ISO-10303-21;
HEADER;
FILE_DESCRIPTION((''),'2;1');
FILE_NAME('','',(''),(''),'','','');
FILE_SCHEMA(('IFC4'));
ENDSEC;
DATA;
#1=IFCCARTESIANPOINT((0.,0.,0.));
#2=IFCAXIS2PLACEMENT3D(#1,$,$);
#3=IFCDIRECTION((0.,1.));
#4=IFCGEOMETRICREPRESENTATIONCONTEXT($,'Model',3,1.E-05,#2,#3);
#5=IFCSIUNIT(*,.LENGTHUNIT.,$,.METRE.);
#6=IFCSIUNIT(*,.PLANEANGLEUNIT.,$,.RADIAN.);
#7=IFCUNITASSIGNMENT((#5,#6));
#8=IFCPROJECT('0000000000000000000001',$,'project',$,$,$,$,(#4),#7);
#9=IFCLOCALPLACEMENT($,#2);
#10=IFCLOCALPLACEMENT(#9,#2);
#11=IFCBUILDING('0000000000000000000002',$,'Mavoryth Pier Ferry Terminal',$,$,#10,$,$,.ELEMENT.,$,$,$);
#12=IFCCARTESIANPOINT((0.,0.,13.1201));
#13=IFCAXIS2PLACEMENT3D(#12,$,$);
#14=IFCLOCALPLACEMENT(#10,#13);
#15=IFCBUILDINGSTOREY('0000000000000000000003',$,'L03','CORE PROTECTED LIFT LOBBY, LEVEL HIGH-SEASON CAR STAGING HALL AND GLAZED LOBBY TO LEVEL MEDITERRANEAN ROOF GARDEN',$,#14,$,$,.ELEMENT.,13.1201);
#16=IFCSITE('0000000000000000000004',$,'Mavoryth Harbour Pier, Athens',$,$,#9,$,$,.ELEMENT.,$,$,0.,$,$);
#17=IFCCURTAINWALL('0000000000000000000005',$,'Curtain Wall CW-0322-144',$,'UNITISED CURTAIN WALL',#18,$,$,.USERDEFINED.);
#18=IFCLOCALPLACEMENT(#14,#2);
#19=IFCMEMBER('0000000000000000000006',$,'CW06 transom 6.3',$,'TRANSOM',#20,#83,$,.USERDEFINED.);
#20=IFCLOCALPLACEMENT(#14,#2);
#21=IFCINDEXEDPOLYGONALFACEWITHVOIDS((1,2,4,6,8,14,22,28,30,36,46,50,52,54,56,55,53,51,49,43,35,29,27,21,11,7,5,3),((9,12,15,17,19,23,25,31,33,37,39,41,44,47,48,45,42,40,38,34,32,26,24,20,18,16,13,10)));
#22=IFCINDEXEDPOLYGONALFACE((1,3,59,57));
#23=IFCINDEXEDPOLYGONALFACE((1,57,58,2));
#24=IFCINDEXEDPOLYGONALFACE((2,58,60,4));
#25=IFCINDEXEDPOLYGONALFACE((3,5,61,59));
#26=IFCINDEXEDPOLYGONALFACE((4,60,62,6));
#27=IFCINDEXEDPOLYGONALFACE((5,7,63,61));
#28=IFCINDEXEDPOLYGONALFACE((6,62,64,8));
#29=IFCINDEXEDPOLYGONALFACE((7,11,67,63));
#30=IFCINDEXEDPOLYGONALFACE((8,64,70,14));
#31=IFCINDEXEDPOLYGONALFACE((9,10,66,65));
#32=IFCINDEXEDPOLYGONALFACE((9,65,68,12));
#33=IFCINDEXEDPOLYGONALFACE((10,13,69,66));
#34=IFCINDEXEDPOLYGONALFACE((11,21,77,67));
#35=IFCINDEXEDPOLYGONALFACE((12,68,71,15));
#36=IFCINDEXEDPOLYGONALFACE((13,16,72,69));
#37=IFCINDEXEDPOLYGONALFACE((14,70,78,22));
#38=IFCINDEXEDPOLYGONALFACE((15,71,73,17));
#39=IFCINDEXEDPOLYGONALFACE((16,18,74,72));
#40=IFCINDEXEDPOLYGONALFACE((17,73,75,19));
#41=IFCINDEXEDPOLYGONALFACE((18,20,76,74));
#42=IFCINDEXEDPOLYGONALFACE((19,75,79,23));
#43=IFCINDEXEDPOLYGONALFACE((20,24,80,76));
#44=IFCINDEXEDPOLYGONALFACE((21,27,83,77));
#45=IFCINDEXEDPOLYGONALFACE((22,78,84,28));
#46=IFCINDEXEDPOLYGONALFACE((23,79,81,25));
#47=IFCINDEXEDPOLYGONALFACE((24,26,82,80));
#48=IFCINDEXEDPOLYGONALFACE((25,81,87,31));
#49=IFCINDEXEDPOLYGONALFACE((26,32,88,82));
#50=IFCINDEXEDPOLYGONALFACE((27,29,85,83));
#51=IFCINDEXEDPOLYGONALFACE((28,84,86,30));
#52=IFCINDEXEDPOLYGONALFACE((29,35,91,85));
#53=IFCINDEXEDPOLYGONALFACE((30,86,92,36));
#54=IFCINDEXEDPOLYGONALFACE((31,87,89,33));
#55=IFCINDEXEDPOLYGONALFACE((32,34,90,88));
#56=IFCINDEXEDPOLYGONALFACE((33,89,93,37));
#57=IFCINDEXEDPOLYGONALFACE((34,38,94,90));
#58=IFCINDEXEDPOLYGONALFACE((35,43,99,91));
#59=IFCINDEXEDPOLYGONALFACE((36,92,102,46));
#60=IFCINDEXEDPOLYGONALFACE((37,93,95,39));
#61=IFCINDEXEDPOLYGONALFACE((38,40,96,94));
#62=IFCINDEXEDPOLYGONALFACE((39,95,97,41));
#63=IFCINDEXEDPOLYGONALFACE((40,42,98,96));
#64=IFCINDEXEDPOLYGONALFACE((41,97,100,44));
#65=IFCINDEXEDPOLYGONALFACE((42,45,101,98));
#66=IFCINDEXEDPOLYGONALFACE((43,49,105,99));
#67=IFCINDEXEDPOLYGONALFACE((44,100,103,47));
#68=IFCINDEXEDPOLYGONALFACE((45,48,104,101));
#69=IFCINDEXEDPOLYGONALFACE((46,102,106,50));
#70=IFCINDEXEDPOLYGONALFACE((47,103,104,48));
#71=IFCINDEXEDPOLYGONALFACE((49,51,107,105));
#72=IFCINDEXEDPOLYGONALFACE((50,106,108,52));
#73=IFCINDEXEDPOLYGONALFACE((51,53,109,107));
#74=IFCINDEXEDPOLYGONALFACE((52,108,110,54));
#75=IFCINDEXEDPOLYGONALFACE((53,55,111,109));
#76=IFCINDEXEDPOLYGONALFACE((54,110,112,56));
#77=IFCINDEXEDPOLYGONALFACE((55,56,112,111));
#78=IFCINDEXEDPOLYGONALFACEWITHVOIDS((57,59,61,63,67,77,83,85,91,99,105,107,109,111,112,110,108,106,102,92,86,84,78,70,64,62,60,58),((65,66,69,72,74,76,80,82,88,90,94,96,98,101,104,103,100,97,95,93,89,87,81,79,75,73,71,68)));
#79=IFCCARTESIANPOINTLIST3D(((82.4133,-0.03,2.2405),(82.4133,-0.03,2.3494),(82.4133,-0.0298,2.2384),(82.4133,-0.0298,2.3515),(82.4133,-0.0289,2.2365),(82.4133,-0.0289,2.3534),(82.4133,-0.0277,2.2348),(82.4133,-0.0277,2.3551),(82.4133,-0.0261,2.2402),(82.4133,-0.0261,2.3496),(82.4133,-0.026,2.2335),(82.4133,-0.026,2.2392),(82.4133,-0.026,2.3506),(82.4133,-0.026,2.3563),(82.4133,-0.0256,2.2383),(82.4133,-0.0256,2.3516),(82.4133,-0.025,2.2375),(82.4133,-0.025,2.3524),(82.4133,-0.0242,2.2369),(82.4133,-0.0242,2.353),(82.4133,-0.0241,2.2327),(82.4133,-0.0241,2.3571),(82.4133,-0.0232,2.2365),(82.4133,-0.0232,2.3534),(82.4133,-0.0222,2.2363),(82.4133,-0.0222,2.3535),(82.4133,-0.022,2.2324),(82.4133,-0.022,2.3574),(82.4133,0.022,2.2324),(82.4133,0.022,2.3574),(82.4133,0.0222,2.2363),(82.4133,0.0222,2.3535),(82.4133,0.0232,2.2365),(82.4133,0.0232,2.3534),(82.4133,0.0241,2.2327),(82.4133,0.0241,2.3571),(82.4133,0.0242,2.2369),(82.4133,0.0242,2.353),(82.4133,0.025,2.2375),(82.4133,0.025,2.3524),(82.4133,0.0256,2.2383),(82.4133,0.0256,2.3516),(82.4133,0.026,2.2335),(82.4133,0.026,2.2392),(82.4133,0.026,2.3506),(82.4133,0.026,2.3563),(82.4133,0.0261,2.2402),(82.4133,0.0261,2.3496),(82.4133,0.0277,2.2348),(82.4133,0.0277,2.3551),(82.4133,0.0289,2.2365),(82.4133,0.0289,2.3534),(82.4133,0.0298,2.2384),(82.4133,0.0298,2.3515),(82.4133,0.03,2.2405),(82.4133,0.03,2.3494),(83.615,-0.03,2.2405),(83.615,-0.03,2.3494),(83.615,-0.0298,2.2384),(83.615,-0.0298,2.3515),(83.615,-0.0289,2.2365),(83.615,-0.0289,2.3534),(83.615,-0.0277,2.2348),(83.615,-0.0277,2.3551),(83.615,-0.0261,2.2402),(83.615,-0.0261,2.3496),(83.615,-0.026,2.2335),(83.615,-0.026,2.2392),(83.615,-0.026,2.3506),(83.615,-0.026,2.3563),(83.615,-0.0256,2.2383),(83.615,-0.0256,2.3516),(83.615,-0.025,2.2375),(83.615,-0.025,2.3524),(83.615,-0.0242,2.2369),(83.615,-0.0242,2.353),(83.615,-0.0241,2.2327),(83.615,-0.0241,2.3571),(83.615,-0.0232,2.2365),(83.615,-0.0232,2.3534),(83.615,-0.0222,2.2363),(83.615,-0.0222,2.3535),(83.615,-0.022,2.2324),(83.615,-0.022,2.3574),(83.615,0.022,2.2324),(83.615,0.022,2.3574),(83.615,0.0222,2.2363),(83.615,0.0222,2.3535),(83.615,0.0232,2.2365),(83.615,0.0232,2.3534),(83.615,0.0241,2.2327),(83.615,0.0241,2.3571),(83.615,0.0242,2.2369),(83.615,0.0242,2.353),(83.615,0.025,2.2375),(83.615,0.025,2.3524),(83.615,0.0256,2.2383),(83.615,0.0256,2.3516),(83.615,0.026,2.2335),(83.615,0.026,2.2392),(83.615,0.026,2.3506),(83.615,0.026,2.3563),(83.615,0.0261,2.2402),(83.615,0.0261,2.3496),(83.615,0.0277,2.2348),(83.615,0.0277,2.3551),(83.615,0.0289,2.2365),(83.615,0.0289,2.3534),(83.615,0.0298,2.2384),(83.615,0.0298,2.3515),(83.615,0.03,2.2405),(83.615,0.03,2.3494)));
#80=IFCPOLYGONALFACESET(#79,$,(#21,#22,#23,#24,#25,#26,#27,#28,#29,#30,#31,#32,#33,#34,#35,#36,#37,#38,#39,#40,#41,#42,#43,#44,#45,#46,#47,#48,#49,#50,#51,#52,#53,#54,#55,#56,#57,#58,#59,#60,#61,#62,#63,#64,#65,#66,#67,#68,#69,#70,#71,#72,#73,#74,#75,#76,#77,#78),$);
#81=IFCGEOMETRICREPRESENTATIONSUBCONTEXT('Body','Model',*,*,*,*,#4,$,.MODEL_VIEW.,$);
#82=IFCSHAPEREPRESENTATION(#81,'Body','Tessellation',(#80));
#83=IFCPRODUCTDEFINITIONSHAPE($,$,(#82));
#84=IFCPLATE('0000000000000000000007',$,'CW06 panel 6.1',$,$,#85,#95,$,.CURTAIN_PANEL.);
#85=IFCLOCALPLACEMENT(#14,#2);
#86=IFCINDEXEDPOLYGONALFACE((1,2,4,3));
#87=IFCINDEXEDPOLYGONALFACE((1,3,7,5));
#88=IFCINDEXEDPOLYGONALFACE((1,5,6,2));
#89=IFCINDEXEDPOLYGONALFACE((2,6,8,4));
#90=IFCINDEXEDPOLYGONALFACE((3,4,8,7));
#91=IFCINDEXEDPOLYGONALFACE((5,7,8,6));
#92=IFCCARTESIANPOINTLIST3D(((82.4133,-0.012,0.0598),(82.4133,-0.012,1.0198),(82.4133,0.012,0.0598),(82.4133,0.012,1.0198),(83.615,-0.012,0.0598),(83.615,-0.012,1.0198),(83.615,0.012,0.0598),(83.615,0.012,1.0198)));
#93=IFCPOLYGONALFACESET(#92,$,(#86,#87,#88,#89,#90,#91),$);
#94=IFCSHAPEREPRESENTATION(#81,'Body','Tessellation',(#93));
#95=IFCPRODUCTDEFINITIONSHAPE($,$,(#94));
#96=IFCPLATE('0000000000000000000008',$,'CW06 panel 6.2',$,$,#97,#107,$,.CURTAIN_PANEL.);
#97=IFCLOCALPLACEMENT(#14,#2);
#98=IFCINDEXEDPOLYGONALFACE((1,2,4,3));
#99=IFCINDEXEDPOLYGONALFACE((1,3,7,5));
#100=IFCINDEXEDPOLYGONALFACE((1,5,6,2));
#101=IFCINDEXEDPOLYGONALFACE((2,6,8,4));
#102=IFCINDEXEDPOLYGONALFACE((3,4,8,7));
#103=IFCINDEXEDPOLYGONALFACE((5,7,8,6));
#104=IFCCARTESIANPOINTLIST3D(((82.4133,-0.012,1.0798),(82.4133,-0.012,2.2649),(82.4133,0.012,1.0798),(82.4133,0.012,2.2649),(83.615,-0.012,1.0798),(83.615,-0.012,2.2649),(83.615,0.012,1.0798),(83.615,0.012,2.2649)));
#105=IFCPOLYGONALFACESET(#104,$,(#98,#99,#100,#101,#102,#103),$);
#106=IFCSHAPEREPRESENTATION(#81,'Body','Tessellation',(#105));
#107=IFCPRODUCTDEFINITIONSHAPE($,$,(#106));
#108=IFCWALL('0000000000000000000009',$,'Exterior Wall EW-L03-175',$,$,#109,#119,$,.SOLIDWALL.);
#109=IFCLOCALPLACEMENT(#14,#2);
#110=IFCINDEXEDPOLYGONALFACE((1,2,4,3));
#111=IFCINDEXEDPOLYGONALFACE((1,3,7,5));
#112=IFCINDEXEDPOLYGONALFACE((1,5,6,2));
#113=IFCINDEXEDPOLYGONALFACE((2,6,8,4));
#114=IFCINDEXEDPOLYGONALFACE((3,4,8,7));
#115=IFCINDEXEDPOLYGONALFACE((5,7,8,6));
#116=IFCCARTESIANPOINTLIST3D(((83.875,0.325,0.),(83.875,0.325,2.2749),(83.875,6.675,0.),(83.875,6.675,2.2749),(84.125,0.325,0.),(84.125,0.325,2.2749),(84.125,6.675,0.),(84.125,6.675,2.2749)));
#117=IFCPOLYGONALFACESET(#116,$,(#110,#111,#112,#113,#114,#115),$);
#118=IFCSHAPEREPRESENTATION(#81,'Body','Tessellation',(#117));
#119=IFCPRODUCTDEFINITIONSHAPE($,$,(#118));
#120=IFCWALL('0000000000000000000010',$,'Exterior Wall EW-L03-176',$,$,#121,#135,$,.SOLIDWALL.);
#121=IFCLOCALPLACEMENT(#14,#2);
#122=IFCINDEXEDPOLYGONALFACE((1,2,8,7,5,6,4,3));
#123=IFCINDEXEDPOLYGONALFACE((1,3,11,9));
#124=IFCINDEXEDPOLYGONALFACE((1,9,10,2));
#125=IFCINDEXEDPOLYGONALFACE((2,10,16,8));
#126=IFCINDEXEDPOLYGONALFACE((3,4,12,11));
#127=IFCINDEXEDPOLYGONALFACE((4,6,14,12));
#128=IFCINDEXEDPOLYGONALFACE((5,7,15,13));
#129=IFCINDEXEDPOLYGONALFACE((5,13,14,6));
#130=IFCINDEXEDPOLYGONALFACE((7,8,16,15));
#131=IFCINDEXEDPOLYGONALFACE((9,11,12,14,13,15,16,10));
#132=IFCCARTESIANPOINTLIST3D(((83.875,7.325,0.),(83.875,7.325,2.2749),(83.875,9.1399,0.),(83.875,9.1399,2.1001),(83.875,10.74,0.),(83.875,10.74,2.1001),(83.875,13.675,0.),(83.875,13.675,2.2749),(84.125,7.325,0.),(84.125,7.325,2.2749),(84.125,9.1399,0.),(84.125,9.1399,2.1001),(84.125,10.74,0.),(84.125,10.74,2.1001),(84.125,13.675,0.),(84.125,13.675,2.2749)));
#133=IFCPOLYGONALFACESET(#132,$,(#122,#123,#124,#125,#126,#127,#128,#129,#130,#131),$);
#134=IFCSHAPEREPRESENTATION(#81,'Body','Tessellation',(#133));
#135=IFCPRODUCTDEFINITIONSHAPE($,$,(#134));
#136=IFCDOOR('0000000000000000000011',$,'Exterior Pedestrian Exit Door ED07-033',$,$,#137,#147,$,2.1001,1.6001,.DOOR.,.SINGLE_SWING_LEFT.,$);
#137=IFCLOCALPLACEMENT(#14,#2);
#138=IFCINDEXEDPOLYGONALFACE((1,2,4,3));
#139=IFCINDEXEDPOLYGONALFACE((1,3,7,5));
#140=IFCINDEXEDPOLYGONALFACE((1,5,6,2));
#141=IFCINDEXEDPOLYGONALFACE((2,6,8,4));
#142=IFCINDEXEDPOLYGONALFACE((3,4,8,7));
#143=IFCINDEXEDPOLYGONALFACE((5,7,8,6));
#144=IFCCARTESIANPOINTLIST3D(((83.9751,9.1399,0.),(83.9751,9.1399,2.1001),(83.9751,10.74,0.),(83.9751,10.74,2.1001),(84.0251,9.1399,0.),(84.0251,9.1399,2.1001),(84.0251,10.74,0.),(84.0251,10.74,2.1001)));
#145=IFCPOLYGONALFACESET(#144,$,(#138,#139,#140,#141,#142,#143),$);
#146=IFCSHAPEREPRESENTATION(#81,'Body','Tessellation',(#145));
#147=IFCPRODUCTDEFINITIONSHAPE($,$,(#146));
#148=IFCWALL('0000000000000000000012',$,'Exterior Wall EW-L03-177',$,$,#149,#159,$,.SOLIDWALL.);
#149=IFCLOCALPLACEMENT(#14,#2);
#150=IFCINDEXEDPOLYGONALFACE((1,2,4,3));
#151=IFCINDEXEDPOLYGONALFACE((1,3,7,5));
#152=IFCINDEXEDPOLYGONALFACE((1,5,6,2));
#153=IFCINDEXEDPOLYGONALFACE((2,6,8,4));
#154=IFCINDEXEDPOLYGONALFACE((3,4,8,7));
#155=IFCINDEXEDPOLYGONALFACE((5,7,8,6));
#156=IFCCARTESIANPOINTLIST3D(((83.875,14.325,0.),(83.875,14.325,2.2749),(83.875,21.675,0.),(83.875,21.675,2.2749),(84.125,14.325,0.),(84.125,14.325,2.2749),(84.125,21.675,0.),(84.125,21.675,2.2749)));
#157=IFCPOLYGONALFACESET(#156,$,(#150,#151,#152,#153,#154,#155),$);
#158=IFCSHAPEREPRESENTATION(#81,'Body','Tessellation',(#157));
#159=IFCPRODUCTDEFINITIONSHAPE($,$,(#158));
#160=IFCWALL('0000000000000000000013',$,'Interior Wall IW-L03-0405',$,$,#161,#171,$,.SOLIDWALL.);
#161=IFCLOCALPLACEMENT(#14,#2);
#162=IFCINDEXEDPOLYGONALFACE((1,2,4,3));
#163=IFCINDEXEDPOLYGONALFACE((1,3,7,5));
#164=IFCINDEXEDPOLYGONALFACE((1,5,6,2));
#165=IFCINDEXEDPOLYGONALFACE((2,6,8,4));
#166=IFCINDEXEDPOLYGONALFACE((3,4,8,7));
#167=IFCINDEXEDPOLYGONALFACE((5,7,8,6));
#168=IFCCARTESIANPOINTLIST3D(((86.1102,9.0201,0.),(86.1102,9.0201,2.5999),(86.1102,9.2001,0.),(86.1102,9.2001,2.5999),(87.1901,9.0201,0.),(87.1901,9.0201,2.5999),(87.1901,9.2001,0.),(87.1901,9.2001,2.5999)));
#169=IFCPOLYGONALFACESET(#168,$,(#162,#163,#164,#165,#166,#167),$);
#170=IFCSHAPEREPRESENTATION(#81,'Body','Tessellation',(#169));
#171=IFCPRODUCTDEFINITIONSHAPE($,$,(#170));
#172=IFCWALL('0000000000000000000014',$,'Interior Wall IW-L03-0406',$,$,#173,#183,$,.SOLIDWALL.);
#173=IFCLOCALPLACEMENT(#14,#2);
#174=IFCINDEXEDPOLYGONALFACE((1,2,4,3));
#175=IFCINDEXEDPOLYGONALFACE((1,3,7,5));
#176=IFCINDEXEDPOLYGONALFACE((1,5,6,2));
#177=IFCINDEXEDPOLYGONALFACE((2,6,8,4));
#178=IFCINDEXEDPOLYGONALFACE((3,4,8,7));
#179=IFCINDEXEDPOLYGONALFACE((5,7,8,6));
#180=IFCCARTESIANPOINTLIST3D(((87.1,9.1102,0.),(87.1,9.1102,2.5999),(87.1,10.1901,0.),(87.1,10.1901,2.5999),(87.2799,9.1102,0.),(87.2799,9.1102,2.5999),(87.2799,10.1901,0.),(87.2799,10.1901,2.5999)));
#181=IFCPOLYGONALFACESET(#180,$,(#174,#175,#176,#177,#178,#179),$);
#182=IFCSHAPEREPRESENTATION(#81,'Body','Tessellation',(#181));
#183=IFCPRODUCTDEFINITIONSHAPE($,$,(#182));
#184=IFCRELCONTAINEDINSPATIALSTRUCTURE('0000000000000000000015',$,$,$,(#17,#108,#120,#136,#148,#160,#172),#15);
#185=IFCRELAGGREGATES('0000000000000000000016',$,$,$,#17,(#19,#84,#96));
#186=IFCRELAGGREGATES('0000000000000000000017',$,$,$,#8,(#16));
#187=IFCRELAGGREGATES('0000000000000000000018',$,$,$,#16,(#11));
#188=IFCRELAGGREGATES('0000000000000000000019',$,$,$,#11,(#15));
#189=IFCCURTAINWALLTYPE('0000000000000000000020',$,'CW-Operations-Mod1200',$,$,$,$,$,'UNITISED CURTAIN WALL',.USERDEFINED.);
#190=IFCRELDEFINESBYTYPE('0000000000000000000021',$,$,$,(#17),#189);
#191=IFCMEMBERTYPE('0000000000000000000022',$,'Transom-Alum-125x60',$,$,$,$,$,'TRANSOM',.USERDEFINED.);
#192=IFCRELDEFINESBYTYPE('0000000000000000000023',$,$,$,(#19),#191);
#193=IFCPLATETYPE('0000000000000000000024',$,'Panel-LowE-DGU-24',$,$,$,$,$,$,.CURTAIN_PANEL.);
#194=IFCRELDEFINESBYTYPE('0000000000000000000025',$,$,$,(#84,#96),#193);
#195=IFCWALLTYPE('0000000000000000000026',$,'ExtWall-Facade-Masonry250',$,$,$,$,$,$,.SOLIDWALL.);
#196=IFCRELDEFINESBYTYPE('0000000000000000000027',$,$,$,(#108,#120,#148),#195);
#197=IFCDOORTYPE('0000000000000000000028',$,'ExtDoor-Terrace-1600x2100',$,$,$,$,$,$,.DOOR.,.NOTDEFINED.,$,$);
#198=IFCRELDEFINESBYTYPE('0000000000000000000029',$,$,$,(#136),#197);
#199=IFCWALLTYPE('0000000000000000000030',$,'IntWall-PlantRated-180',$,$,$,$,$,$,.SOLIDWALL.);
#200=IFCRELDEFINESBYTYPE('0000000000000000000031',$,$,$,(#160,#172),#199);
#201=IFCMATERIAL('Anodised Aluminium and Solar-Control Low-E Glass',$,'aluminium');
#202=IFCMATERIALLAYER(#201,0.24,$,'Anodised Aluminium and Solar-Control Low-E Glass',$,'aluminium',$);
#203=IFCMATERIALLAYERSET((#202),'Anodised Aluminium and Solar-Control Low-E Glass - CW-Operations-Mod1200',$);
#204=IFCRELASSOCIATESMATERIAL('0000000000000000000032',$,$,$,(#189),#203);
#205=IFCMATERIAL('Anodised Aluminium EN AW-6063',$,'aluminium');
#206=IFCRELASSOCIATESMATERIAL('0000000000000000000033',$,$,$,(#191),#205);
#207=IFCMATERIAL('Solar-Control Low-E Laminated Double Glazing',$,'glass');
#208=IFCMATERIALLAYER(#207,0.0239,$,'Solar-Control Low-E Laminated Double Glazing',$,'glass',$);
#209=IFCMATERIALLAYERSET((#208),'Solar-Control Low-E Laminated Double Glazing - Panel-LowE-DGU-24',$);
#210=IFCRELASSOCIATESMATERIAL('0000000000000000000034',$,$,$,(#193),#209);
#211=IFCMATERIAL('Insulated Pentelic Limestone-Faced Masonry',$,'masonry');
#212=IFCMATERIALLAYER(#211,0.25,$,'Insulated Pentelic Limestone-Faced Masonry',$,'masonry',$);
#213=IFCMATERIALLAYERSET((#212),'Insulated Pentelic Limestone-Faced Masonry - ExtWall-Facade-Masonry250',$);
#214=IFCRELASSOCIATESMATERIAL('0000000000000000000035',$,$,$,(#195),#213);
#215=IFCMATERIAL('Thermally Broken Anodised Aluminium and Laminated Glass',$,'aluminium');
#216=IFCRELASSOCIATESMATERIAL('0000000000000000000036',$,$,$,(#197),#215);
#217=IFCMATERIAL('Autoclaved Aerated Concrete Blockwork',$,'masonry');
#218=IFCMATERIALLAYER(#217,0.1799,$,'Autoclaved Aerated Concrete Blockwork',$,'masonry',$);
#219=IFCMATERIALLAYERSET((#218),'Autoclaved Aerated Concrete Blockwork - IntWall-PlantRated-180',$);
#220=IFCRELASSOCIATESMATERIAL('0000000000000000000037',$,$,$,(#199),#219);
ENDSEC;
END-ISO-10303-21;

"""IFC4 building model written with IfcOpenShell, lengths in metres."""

from ifc_helpers import new_model, si_unit, direction, frame, frame_2d, origin, origin_2d, place, context, subcontext, project, spatial, rectangle, hollow_rectangle, extrude, material, layer, layer_set, material_profile, profile_set, type_object, element, fill, aggregate, save


model = new_model("IFC4")

# Units and contexts
model_context = context("Model", 3, precision=1e-05, world=origin(), true_north=direction((0.0, 1.0)))
body_context = subcontext(model_context, "Body", "Model", "MODEL_VIEW")
ifc_project = project(units=[si_unit("LENGTHUNIT", "METRE"), si_unit("PLANEANGLEUNIT", "RADIAN")], contexts=[model_context])

# Site, building, storey
site_placement = place(None, origin())
site = spatial("IfcSite", under=ifc_project, at=site_placement, Name="Mavoryth Harbour Pier, Athens", CompositionType="ELEMENT", RefElevation=0.0)
building_placement = place(site_placement, origin())
building = spatial("IfcBuilding", under=site, at=building_placement, Name="Mavoryth Pier Ferry Terminal", CompositionType="ELEMENT")
storey_placement = place(building_placement, frame((0.0, 0.0, 13.1201)))
storey = spatial("IfcBuildingStorey", under=building, at=storey_placement, Name="L03", Description="CORE PROTECTED LIFT LOBBY, LEVEL HIGH-SEASON CAR STAGING HALL AND GLAZED LOBBY TO LEVEL MEDITERRANEAN ROOF GARDEN", CompositionType="ELEMENT", Elevation=13.1201)

# Curtain wall
ifc_material_1 = material(Name="Anodised Aluminium and Solar-Control Low-E Glass", Category="aluminium")
ifc_layer_1 = layer(ifc_material_1, 0.24, Name="Anodised Aluminium and Solar-Control Low-E Glass", Category="aluminium")
ifc_layer_set_1 = layer_set([ifc_layer_1], Name="Anodised Aluminium and Solar-Control Low-E Glass - CW-Operations-Mod1200")
curtain_wall_type = type_object("IfcCurtainWallType", Name="CW-Operations-Mod1200", ElementType="UNITISED CURTAIN WALL", PredefinedType="USERDEFINED", material=ifc_layer_set_1)
curtain_wall_placement = place(storey_placement, origin())
curtain_wall = element("IfcCurtainWall", 1, at=curtain_wall_placement, inside=storey, type_object=curtain_wall_type, Name="Curtain Wall CW-0322-144", ObjectType="UNITISED CURTAIN WALL", PredefinedType="USERDEFINED")
ifc_material_2 = material(Name="Anodised Aluminium EN AW-6063", Category="aluminium")

# Member
ifc_material_profile_1 = material_profile(ifc_material_2, hollow_rectangle(XDim=0.0601, YDim=0.125, WallThickness=0.0039, InnerFilletRadius=0.0039, OuterFilletRadius=0.0081, at=origin_2d()), Name="AL-TRAN 125x60x4", Category="aluminium")
ifc_profile_set_1 = profile_set([ifc_material_profile_1], Name="Anodised Aluminium EN AW-6063 - AL-TRAN 125x60x4")
member_type_1 = type_object("IfcMemberType", Name="Transom-Alum-125x60", ElementType="TRANSOM", PredefinedType="USERDEFINED", material=ifc_profile_set_1)
member_1_placement = place(storey_placement, frame((82.4133, 0.0, 2.2949), z_axis=(1.0, 0.0, 0.0), x_axis=(0.0, 1.0, 0.0)))
member_1 = element("IfcMember", 2, at=member_1_placement, type_object=member_type_1, Name="CW06 transom 6.3", ObjectType="TRANSOM", PredefinedType="USERDEFINED", context=body_context, shape_type="SweptSolid", body=[
    extrude(hollow_rectangle(XDim=0.0601, YDim=0.125, WallThickness=0.0039, InnerFilletRadius=0.0039, OuterFilletRadius=0.0081, at=origin_2d()), origin(), (0.0, 0.0, 1.0), 1.2017),
])

# Plates
ifc_material_3 = material(Name="Solar-Control Low-E Laminated Double Glazing", Category="glass")
ifc_layer_2 = layer(ifc_material_3, 0.0239, Name="Solar-Control Low-E Laminated Double Glazing", Category="glass")
ifc_layer_set_2 = layer_set([ifc_layer_2], Name="Solar-Control Low-E Laminated Double Glazing - Panel-LowE-DGU-24")
plate_type = type_object("IfcPlateType", Name="Panel-LowE-DGU-24", PredefinedType="CURTAIN_PANEL", material=ifc_layer_set_2)
plate_1_placement = place(storey_placement, frame((83.0142, 0.0, 0.0598), z_axis=(0.0, 0.0, 1.0), x_axis=(1.0, 0.0, 0.0)))
plate_1 = element("IfcPlate", 3, at=plate_1_placement, type_object=plate_type, Name="CW06 panel 6.1", PredefinedType="CURTAIN_PANEL", context=body_context, shape_type="SweptSolid", body=[
    extrude(rectangle(XDim=1.2017, YDim=0.0239, at=origin_2d()), origin(), (0.0, 0.0, 1.0), 0.96),
])
plate_2_placement = place(storey_placement, frame((83.0142, 0.0, 1.0798), z_axis=(0.0, 0.0, 1.0), x_axis=(1.0, 0.0, 0.0)))
plate_2 = element("IfcPlate", 4, at=plate_2_placement, type_object=plate_type, Name="CW06 panel 6.2", PredefinedType="CURTAIN_PANEL", context=body_context, shape_type="SweptSolid", body=[
    extrude(rectangle(XDim=1.2017, YDim=0.0239, at=origin_2d()), origin(), (0.0, 0.0, 1.0), 1.1851),
])
aggregate(curtain_wall, [member_1, plate_1, plate_2])

# Wall
ifc_material_4 = material(Name="Insulated Pentelic Limestone-Faced Masonry", Category="masonry")
ifc_layer_3 = layer(ifc_material_4, 0.25, Name="Insulated Pentelic Limestone-Faced Masonry", Category="masonry")
ifc_layer_set_3 = layer_set([ifc_layer_3], Name="Insulated Pentelic Limestone-Faced Masonry - ExtWall-Facade-Masonry250")
wall_type_1 = type_object("IfcWallType", Name="ExtWall-Facade-Masonry250", PredefinedType="SOLIDWALL", material=ifc_layer_set_3)
wall_1_placement = place(storey_placement, frame((84.0, 0.325, 0.0), z_axis=(0.0, 0.0, 1.0), x_axis=(0.0, 1.0, 0.0)))
element("IfcWall", 5, at=wall_1_placement, inside=storey, type_object=wall_type_1, Name="Exterior Wall EW-L03-175", PredefinedType="SOLIDWALL", context=body_context, shape_type="SweptSolid", body=[
    extrude(rectangle(XDim=6.3501, YDim=0.25, at=frame_2d((3.175, 0.0))), origin(), (0.0, 0.0, 1.0), 2.2749),
])

# Wall, opening, door
wall_2_placement = place(storey_placement, frame((84.0, 7.325, 0.0), z_axis=(0.0, 0.0, 1.0), x_axis=(0.0, 1.0, 0.0)))
wall_2 = element("IfcWall", 6, at=wall_2_placement, inside=storey, type_object=wall_type_1, Name="Exterior Wall EW-L03-176", PredefinedType="SOLIDWALL", context=body_context, shape_type="SweptSolid", body=[
    extrude(rectangle(XDim=6.3501, YDim=0.25, at=frame_2d((3.175, 0.0))), origin(), (0.0, 0.0, 1.0), 2.2749),
])
opening_placement = place(wall_2_placement, frame((1.8149, 0.0, 0.0)))
opening = element("IfcOpeningElement", 7, at=opening_placement, cuts=wall_2, PredefinedType="OPENING", context=body_context, shape_type="SweptSolid", body=[
    extrude(rectangle(XDim=1.6001, YDim=2.1001, at=frame_2d((0.8, 1.05))), frame((0.0, 0.135, 0.0), z_axis=(0.0, -1.0, 0.0), x_axis=(1.0, 0.0, 0.0)), (0.0, 0.0, 1.0), 0.27),
])
ifc_material_5 = material(Name="Thermally Broken Anodised Aluminium and Laminated Glass", Category="aluminium")
door_type = type_object("IfcDoorType", Name="ExtDoor-Terrace-1600x2100", OperationType="NOTDEFINED", PredefinedType="DOOR", material=ifc_material_5)
door_placement = place(opening_placement, origin())
door = element("IfcDoor", 8, at=door_placement, inside=storey, type_object=door_type, Name="Exterior Pedestrian Exit Door ED07-033", OperationType="SINGLE_SWING_LEFT", OverallHeight=2.1001, OverallWidth=1.6001, PredefinedType="DOOR", context=body_context, shape_type="SweptSolid", body=[
    extrude(rectangle(XDim=1.6001, YDim=2.1001, at=frame_2d((0.8, 1.05))), frame((0.0, 0.0249, 0.0), z_axis=(0.0, -1.0, 0.0), x_axis=(1.0, 0.0, 0.0)), (0.0, 0.0, 1.0), 0.05),
])
fill(opening, door)

# Walls
wall_3_placement = place(storey_placement, frame((84.0, 14.325, 0.0), z_axis=(0.0, 0.0, 1.0), x_axis=(0.0, 1.0, 0.0)))
element("IfcWall", 9, at=wall_3_placement, inside=storey, type_object=wall_type_1, Name="Exterior Wall EW-L03-177", PredefinedType="SOLIDWALL", context=body_context, shape_type="SweptSolid", body=[
    extrude(rectangle(XDim=7.3501, YDim=0.25, at=frame_2d((3.675, 0.0))), origin(), (0.0, 0.0, 1.0), 2.2749),
])
ifc_material_6 = material(Name="Autoclaved Aerated Concrete Blockwork", Category="masonry")
ifc_layer_4 = layer(ifc_material_6, 0.1799, Name="Autoclaved Aerated Concrete Blockwork", Category="masonry")
ifc_layer_set_4 = layer_set([ifc_layer_4], Name="Autoclaved Aerated Concrete Blockwork - IntWall-PlantRated-180")
wall_type_2 = type_object("IfcWallType", Name="IntWall-PlantRated-180", PredefinedType="SOLIDWALL", material=ifc_layer_set_4)
for number, where, z_axis, x_axis, name in (
    (10, (86.1101, 9.1101, 0.0), (0.0, 0.0, 1.0), (1.0, 0.0, 0.0), "Interior Wall IW-L03-0405"),
    (11, (87.1899, 9.1101, 0.0), (0.0, 0.0, 1.0), (0.0, 1.0, 0.0), "Interior Wall IW-L03-0406"),
):
    element("IfcWall", number, at=place(storey_placement, frame(where, z_axis=z_axis, x_axis=x_axis)), inside=storey, type_object=wall_type_2, Name=name, PredefinedType="SOLIDWALL", context=body_context, shape_type="SweptSolid", body=[
        extrude(rectangle(XDim=1.0798, YDim=0.1799, at=frame_2d((0.54, 0.0))), origin(), (0.0, 0.0, 1.0), 2.5999),
    ])

save(model, "model.ifc")
